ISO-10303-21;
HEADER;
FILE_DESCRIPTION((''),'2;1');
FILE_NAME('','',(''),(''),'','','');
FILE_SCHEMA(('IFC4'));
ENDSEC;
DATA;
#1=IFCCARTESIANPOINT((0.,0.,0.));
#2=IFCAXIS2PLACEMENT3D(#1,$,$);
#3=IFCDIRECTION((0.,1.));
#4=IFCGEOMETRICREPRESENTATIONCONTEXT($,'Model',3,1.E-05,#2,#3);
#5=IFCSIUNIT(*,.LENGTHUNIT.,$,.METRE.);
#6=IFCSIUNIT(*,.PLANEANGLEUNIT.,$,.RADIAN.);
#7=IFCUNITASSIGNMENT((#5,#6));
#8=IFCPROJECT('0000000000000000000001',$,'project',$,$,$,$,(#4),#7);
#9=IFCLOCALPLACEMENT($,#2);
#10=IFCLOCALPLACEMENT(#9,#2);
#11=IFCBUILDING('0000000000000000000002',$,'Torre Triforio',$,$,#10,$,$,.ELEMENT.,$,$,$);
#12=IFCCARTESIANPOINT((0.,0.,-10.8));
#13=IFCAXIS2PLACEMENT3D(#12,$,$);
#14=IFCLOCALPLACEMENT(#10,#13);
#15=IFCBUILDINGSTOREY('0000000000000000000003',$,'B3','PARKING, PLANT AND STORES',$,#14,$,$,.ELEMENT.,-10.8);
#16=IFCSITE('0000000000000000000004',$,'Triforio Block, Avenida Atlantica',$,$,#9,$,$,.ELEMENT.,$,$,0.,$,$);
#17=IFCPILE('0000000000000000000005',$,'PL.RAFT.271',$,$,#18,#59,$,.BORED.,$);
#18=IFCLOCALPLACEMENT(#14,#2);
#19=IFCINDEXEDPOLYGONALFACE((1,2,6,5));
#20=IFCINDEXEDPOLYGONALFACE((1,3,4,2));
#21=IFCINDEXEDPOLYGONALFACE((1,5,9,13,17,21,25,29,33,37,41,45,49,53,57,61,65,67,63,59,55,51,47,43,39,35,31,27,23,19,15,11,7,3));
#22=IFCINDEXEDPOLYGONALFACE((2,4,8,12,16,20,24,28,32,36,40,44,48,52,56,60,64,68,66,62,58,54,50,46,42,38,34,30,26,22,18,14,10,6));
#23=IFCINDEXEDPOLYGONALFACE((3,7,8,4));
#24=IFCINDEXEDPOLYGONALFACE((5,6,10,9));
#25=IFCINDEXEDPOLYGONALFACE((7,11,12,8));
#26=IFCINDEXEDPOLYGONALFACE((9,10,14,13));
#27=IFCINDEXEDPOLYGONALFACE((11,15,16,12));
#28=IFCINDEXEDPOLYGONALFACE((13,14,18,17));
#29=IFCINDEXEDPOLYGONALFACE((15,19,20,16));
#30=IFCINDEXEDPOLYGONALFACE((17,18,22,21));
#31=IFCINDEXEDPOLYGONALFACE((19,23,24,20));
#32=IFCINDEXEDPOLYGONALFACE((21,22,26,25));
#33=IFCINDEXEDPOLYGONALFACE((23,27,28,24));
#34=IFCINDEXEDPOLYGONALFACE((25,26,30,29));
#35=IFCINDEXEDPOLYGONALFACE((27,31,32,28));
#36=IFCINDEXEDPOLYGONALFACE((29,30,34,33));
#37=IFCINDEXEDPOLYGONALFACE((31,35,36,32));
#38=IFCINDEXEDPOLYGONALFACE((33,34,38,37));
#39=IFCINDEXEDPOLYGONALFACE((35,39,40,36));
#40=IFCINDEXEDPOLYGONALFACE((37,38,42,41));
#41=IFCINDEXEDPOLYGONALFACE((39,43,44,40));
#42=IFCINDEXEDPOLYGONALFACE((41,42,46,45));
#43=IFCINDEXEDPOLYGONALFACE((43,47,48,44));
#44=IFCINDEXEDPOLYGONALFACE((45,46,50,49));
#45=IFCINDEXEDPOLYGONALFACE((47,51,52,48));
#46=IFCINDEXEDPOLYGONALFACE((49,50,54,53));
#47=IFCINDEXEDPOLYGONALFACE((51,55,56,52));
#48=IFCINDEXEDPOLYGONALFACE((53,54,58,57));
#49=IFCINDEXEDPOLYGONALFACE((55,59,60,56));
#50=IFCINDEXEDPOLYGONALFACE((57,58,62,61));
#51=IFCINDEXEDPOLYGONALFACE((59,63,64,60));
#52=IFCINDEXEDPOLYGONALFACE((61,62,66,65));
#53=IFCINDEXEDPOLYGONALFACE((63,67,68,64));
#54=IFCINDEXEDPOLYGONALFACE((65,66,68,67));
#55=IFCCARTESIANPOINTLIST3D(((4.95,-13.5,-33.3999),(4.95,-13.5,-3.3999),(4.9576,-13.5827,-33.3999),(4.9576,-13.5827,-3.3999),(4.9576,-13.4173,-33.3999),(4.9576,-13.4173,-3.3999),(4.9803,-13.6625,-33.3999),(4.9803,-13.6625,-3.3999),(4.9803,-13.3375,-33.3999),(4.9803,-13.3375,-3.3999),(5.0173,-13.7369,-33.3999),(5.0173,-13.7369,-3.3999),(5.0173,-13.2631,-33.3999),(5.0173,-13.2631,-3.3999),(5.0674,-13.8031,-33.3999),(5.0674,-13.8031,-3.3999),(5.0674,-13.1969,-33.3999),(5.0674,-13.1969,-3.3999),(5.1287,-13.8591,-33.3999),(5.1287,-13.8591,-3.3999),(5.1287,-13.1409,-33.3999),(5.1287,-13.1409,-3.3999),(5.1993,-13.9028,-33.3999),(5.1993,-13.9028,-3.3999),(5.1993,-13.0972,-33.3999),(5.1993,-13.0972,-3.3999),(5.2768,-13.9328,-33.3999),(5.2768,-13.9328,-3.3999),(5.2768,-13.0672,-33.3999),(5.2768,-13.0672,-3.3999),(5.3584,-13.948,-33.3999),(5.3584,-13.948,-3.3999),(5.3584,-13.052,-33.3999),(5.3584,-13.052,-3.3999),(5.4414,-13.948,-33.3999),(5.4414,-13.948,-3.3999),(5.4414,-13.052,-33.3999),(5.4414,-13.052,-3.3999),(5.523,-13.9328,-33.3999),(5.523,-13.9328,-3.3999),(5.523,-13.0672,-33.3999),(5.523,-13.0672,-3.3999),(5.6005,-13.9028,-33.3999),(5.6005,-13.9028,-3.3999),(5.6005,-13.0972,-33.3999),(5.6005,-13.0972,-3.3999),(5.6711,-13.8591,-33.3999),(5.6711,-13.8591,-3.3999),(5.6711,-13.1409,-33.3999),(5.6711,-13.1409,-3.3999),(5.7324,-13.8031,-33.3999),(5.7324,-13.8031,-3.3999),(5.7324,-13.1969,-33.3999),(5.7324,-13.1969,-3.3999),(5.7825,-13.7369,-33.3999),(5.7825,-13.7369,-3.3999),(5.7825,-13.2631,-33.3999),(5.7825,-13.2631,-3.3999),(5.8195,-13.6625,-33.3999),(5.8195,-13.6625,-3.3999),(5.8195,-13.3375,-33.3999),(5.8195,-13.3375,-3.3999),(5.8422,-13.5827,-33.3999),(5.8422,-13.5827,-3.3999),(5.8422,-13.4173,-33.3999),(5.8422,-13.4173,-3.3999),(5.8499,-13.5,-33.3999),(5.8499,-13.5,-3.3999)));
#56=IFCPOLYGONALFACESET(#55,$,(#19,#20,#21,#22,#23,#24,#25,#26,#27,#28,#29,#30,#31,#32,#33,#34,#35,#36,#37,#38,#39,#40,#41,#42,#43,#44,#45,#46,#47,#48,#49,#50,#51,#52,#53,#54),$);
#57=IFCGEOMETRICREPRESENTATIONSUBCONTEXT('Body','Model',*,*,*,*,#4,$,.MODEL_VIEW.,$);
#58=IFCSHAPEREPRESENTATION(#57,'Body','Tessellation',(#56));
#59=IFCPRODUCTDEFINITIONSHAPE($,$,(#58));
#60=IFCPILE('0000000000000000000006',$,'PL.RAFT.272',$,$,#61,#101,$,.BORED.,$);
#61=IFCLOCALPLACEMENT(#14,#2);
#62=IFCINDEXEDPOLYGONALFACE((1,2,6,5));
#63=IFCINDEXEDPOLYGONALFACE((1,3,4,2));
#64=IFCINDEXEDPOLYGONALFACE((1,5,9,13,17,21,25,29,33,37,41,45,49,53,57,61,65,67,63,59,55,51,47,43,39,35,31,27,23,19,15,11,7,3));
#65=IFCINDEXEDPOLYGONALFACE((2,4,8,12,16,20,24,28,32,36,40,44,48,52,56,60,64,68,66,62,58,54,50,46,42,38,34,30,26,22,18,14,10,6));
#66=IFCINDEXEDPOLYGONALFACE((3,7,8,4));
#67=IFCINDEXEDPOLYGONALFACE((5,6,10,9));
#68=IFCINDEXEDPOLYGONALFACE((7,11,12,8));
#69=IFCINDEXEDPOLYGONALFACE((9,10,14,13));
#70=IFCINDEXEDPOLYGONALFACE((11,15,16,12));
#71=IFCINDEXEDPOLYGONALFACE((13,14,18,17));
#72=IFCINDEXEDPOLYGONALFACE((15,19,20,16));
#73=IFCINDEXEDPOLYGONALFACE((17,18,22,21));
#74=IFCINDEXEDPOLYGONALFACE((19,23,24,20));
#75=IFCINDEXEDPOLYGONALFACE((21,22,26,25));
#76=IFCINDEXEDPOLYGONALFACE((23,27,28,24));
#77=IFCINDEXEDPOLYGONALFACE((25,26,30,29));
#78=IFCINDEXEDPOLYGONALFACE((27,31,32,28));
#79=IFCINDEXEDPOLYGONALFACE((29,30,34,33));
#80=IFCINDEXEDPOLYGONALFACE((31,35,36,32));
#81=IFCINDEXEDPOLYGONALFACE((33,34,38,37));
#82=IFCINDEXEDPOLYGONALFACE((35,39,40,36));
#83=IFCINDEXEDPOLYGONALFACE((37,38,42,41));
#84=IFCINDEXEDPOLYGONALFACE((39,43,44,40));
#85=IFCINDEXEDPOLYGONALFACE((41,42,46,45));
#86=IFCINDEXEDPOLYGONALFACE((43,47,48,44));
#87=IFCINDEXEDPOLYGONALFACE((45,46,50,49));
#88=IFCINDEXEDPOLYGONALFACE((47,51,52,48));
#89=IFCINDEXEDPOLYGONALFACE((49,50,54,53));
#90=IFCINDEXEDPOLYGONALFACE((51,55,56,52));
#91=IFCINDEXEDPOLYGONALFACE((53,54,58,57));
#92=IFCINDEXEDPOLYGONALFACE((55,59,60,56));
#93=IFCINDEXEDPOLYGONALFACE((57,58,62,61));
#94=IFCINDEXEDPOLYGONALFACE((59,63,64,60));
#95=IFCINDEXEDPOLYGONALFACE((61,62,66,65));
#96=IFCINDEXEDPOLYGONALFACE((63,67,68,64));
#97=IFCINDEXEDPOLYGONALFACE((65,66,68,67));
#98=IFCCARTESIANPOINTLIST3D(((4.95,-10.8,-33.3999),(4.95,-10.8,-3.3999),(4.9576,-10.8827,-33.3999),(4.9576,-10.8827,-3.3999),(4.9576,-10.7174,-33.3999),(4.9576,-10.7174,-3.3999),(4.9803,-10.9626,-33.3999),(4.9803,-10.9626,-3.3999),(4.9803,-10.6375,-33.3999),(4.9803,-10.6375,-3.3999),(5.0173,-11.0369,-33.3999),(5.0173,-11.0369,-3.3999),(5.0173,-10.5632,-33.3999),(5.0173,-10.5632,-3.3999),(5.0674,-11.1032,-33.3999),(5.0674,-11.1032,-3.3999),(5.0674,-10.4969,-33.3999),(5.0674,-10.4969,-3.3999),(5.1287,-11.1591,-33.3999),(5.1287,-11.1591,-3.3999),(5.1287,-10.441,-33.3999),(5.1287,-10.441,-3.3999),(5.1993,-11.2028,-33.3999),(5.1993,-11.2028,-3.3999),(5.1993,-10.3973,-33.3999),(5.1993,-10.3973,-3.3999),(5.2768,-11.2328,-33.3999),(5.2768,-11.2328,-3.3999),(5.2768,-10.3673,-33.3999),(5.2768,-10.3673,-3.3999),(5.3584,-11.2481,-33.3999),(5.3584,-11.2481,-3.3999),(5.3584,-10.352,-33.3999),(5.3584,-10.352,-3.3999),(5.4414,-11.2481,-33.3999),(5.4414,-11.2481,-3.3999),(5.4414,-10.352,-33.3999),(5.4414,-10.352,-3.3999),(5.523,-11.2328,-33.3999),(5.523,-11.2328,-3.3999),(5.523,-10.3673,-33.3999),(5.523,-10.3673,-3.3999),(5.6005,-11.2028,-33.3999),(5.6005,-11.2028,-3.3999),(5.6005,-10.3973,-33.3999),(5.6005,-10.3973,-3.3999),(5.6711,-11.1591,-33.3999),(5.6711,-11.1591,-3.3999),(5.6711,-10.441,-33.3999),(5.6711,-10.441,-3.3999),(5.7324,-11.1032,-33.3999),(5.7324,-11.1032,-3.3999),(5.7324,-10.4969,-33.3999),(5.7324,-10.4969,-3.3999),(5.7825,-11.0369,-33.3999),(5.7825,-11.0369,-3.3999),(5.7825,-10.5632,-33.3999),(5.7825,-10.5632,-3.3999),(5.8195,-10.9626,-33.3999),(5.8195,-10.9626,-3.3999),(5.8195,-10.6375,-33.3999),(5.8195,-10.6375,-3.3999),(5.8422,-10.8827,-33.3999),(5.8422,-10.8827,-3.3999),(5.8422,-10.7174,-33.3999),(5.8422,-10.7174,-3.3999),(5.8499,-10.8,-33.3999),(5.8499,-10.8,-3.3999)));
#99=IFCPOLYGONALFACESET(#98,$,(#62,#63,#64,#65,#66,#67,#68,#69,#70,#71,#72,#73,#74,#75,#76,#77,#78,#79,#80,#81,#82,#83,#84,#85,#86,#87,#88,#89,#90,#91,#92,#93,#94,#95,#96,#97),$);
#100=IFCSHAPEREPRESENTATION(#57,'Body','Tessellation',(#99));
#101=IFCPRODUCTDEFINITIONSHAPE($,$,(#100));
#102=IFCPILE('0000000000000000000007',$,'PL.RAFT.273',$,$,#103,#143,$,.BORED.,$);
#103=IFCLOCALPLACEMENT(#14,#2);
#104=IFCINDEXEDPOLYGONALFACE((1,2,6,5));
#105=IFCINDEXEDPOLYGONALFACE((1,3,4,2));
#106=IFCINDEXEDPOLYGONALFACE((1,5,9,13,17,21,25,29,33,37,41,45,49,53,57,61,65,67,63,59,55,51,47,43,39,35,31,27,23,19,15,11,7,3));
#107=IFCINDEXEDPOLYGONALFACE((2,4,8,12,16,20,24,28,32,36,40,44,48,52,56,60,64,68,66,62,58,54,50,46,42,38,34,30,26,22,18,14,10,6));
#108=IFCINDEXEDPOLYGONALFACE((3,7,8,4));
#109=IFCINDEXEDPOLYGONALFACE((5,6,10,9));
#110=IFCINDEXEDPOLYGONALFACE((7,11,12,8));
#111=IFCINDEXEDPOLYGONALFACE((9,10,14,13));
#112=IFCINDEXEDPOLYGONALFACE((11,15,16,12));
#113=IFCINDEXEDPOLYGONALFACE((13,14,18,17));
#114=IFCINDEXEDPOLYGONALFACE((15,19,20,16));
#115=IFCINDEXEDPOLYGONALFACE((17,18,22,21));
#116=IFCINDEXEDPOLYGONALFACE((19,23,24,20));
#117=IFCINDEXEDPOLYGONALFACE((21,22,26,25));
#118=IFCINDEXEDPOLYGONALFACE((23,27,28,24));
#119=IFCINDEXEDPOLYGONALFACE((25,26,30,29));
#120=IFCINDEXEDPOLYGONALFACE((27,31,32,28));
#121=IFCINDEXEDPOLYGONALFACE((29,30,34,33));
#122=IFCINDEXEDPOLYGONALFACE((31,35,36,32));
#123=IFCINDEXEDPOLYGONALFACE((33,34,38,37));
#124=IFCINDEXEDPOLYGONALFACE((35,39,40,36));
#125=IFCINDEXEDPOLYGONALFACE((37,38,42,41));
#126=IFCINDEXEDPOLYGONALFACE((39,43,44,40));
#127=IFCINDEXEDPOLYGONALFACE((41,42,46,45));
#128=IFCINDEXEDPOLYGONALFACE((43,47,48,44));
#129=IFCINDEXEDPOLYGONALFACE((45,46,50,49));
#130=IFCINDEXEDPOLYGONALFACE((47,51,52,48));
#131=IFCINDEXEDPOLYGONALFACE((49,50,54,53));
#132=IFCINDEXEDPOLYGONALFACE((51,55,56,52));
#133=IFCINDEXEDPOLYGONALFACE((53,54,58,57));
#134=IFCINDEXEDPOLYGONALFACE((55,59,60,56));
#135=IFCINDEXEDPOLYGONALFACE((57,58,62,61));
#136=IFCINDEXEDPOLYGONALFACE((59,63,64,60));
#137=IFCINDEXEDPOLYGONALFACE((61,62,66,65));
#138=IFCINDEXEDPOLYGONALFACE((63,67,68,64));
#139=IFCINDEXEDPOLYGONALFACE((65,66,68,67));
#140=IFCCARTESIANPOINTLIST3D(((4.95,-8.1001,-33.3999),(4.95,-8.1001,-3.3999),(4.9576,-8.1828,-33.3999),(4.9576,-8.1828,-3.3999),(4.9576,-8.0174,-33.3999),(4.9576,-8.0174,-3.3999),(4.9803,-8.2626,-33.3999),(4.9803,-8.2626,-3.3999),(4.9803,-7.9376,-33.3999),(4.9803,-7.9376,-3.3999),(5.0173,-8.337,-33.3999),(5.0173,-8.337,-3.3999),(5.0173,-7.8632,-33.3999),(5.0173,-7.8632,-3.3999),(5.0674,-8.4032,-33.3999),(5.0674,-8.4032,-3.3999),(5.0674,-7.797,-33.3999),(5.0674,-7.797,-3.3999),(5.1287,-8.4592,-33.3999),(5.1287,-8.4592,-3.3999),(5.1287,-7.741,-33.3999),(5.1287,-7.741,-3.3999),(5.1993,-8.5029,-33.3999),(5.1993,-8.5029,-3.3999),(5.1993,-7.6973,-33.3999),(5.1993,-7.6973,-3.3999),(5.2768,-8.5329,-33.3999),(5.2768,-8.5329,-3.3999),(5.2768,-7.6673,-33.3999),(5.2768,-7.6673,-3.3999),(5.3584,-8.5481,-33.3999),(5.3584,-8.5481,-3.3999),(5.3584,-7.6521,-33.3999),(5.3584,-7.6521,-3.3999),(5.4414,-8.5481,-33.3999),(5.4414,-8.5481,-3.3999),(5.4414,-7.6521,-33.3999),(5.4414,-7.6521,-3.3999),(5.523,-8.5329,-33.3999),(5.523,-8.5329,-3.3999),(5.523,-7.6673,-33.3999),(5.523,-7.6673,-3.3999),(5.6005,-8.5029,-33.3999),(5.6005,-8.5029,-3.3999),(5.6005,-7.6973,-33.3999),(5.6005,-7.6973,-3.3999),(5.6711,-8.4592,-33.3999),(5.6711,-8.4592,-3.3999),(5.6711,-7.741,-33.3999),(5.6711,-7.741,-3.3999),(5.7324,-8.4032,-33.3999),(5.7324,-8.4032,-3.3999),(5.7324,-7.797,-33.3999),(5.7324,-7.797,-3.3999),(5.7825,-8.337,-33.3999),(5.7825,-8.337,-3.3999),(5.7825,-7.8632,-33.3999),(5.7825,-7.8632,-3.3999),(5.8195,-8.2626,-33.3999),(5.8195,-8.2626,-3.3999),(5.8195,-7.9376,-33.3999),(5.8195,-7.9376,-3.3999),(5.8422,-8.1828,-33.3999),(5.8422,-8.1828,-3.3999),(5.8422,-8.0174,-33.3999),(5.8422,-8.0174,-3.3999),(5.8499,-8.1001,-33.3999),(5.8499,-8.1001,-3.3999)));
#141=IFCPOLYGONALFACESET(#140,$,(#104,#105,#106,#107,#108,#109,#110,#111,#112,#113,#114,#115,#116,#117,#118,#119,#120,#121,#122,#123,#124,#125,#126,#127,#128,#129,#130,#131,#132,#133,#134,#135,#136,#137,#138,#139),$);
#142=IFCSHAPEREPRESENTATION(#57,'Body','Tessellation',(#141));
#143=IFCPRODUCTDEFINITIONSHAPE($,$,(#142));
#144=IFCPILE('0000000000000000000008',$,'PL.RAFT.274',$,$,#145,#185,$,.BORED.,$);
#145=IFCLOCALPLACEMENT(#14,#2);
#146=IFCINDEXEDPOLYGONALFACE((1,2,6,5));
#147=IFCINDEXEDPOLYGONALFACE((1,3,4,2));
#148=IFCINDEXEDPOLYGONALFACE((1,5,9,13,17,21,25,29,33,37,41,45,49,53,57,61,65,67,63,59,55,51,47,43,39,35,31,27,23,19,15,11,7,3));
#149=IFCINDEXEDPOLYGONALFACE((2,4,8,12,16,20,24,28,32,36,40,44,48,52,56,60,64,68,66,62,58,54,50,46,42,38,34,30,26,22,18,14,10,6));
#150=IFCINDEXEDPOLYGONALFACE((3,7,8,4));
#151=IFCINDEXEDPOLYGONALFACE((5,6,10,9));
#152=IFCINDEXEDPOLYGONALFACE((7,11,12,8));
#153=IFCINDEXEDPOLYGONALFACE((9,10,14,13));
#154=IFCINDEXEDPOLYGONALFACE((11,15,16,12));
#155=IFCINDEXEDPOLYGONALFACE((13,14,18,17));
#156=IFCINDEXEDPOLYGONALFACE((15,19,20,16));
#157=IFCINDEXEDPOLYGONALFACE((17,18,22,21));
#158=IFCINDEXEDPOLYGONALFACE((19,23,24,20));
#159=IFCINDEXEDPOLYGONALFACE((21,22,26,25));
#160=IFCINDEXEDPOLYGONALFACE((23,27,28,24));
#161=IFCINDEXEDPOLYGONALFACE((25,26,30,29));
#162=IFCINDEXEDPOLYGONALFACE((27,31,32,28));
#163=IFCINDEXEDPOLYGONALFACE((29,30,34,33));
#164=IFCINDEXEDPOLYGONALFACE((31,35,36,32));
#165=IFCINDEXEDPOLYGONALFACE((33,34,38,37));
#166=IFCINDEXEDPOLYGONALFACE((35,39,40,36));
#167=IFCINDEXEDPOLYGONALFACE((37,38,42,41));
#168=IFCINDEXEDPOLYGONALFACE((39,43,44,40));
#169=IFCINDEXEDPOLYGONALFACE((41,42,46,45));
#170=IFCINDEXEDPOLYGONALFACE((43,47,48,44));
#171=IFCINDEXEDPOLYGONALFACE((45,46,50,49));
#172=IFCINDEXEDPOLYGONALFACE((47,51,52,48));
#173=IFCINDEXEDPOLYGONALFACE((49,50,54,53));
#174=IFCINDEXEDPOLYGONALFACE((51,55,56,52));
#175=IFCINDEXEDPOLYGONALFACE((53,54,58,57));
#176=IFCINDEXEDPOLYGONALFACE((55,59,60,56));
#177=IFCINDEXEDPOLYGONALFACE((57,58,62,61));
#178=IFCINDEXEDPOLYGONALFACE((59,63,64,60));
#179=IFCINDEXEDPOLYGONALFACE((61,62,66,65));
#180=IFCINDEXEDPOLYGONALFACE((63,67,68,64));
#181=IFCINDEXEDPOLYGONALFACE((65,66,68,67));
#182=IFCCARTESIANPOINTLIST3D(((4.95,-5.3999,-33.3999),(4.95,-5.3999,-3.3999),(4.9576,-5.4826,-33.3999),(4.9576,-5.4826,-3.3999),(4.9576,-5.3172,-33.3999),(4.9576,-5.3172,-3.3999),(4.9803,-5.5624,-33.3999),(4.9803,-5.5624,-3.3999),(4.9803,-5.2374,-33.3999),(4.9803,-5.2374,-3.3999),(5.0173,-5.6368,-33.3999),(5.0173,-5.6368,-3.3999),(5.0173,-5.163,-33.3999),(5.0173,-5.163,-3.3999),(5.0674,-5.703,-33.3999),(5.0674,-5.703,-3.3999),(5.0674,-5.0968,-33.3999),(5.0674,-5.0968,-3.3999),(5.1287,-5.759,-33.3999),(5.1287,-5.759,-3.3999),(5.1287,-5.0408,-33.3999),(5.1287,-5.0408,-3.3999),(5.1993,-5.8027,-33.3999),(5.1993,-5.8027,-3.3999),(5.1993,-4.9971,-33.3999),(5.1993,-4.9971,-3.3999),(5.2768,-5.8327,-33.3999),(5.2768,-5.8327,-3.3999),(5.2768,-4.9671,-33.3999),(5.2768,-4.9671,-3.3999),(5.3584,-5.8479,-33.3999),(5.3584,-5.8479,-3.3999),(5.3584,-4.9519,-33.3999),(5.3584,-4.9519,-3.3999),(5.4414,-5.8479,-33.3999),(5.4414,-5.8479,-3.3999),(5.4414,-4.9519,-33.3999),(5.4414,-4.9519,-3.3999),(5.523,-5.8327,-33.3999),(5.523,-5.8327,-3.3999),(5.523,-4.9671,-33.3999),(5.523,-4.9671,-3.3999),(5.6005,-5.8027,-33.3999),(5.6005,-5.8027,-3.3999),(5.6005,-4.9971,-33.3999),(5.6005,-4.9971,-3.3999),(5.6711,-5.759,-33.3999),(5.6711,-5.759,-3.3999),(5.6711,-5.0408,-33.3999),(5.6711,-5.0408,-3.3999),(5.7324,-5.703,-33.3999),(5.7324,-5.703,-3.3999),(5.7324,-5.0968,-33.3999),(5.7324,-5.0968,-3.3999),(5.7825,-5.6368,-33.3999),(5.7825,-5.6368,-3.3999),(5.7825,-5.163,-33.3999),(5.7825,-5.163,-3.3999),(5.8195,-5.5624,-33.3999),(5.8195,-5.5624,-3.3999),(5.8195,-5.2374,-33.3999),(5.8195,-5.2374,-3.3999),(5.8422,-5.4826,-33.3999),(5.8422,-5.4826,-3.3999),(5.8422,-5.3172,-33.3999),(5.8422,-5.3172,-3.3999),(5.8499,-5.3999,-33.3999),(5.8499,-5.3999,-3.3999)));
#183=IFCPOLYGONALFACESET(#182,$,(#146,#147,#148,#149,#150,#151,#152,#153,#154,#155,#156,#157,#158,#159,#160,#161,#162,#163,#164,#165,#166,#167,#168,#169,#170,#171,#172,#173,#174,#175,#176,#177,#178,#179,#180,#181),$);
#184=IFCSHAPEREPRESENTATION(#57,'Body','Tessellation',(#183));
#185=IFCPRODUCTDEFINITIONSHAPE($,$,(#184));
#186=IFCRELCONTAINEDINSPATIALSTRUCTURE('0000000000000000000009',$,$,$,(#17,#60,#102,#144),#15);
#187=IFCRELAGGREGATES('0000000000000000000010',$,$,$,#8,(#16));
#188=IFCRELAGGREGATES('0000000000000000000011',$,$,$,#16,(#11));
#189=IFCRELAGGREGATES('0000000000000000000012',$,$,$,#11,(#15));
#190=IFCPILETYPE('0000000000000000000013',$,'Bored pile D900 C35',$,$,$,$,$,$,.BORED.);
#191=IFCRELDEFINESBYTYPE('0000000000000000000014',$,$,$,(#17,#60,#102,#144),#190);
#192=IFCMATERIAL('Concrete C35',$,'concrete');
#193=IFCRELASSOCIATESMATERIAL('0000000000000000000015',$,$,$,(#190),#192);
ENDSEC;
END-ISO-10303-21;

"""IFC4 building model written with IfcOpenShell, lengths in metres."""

from ifc_helpers import new_model, si_unit, direction, frame, origin, origin_2d, place, context, subcontext, project, spatial, circle, extrude, material, material_profile, profile_set, type_object, element, save


model = new_model("IFC4")

# Units and contexts
model_context = context("Model", 3, precision=1e-05, world=origin(), true_north=direction((0.0, 1.0)))
body_context = subcontext(model_context, "Body", "Model", "MODEL_VIEW")
ifc_project = project(units=[si_unit("LENGTHUNIT", "METRE"), si_unit("PLANEANGLEUNIT", "RADIAN")], contexts=[model_context])

# Site, building, storey
site_placement = place(None, origin())
site = spatial("IfcSite", under=ifc_project, at=site_placement, Name="Triforio Block, Avenida Atlantica", CompositionType="ELEMENT", RefElevation=0.0)
building_placement = place(site_placement, origin())
building = spatial("IfcBuilding", under=site, at=building_placement, Name="Torre Triforio", CompositionType="ELEMENT")
storey_placement = place(building_placement, frame((0.0, 0.0, -10.8)))
storey = spatial("IfcBuildingStorey", under=building, at=storey_placement, Name="B3", Description="PARKING, PLANT AND STORES", CompositionType="ELEMENT", Elevation=-10.8)

# Piles
ifc_material_1 = material(Name="Concrete C35", Category="concrete")
ifc_material_profile = material_profile(ifc_material_1, circle(Radius=0.45, at=origin_2d()), Name="RC D900")
ifc_profile_set = profile_set([ifc_material_profile], Name="Concrete C35")
pile_type = type_object("IfcPileType", Name="Bored pile D900 C35", PredefinedType="BORED", material=ifc_profile_set)
for number, where, z_axis, x_axis, name in (
    (1, (5.3999, -13.5, -3.3999), (0.0, 0.0, -1.0), (1.0, 0.0, 0.0), "PL.RAFT.271"),
    (2, (5.3999, -10.8, -3.3999), (0.0, 0.0, -1.0), (1.0, 0.0, 0.0), "PL.RAFT.272"),
    (3, (5.3999, -8.1001, -3.3999), (0.0, 0.0, -1.0), (1.0, 0.0, 0.0), "PL.RAFT.273"),
    (4, (5.3999, -5.3999, -3.3999), (0.0, 0.0, -1.0), (1.0, 0.0, 0.0), "PL.RAFT.274"),
):
    element("IfcPile", number, at=place(storey_placement, frame(where, z_axis=z_axis, x_axis=x_axis)), inside=storey, type_object=pile_type, Name=name, PredefinedType="BORED", context=body_context, shape_type="SweptSolid", body=[
        extrude(circle(Radius=0.45, at=origin_2d()), origin(), (0.0, 0.0, 1.0), 30.0),
    ])

save(model, "model.ifc")
